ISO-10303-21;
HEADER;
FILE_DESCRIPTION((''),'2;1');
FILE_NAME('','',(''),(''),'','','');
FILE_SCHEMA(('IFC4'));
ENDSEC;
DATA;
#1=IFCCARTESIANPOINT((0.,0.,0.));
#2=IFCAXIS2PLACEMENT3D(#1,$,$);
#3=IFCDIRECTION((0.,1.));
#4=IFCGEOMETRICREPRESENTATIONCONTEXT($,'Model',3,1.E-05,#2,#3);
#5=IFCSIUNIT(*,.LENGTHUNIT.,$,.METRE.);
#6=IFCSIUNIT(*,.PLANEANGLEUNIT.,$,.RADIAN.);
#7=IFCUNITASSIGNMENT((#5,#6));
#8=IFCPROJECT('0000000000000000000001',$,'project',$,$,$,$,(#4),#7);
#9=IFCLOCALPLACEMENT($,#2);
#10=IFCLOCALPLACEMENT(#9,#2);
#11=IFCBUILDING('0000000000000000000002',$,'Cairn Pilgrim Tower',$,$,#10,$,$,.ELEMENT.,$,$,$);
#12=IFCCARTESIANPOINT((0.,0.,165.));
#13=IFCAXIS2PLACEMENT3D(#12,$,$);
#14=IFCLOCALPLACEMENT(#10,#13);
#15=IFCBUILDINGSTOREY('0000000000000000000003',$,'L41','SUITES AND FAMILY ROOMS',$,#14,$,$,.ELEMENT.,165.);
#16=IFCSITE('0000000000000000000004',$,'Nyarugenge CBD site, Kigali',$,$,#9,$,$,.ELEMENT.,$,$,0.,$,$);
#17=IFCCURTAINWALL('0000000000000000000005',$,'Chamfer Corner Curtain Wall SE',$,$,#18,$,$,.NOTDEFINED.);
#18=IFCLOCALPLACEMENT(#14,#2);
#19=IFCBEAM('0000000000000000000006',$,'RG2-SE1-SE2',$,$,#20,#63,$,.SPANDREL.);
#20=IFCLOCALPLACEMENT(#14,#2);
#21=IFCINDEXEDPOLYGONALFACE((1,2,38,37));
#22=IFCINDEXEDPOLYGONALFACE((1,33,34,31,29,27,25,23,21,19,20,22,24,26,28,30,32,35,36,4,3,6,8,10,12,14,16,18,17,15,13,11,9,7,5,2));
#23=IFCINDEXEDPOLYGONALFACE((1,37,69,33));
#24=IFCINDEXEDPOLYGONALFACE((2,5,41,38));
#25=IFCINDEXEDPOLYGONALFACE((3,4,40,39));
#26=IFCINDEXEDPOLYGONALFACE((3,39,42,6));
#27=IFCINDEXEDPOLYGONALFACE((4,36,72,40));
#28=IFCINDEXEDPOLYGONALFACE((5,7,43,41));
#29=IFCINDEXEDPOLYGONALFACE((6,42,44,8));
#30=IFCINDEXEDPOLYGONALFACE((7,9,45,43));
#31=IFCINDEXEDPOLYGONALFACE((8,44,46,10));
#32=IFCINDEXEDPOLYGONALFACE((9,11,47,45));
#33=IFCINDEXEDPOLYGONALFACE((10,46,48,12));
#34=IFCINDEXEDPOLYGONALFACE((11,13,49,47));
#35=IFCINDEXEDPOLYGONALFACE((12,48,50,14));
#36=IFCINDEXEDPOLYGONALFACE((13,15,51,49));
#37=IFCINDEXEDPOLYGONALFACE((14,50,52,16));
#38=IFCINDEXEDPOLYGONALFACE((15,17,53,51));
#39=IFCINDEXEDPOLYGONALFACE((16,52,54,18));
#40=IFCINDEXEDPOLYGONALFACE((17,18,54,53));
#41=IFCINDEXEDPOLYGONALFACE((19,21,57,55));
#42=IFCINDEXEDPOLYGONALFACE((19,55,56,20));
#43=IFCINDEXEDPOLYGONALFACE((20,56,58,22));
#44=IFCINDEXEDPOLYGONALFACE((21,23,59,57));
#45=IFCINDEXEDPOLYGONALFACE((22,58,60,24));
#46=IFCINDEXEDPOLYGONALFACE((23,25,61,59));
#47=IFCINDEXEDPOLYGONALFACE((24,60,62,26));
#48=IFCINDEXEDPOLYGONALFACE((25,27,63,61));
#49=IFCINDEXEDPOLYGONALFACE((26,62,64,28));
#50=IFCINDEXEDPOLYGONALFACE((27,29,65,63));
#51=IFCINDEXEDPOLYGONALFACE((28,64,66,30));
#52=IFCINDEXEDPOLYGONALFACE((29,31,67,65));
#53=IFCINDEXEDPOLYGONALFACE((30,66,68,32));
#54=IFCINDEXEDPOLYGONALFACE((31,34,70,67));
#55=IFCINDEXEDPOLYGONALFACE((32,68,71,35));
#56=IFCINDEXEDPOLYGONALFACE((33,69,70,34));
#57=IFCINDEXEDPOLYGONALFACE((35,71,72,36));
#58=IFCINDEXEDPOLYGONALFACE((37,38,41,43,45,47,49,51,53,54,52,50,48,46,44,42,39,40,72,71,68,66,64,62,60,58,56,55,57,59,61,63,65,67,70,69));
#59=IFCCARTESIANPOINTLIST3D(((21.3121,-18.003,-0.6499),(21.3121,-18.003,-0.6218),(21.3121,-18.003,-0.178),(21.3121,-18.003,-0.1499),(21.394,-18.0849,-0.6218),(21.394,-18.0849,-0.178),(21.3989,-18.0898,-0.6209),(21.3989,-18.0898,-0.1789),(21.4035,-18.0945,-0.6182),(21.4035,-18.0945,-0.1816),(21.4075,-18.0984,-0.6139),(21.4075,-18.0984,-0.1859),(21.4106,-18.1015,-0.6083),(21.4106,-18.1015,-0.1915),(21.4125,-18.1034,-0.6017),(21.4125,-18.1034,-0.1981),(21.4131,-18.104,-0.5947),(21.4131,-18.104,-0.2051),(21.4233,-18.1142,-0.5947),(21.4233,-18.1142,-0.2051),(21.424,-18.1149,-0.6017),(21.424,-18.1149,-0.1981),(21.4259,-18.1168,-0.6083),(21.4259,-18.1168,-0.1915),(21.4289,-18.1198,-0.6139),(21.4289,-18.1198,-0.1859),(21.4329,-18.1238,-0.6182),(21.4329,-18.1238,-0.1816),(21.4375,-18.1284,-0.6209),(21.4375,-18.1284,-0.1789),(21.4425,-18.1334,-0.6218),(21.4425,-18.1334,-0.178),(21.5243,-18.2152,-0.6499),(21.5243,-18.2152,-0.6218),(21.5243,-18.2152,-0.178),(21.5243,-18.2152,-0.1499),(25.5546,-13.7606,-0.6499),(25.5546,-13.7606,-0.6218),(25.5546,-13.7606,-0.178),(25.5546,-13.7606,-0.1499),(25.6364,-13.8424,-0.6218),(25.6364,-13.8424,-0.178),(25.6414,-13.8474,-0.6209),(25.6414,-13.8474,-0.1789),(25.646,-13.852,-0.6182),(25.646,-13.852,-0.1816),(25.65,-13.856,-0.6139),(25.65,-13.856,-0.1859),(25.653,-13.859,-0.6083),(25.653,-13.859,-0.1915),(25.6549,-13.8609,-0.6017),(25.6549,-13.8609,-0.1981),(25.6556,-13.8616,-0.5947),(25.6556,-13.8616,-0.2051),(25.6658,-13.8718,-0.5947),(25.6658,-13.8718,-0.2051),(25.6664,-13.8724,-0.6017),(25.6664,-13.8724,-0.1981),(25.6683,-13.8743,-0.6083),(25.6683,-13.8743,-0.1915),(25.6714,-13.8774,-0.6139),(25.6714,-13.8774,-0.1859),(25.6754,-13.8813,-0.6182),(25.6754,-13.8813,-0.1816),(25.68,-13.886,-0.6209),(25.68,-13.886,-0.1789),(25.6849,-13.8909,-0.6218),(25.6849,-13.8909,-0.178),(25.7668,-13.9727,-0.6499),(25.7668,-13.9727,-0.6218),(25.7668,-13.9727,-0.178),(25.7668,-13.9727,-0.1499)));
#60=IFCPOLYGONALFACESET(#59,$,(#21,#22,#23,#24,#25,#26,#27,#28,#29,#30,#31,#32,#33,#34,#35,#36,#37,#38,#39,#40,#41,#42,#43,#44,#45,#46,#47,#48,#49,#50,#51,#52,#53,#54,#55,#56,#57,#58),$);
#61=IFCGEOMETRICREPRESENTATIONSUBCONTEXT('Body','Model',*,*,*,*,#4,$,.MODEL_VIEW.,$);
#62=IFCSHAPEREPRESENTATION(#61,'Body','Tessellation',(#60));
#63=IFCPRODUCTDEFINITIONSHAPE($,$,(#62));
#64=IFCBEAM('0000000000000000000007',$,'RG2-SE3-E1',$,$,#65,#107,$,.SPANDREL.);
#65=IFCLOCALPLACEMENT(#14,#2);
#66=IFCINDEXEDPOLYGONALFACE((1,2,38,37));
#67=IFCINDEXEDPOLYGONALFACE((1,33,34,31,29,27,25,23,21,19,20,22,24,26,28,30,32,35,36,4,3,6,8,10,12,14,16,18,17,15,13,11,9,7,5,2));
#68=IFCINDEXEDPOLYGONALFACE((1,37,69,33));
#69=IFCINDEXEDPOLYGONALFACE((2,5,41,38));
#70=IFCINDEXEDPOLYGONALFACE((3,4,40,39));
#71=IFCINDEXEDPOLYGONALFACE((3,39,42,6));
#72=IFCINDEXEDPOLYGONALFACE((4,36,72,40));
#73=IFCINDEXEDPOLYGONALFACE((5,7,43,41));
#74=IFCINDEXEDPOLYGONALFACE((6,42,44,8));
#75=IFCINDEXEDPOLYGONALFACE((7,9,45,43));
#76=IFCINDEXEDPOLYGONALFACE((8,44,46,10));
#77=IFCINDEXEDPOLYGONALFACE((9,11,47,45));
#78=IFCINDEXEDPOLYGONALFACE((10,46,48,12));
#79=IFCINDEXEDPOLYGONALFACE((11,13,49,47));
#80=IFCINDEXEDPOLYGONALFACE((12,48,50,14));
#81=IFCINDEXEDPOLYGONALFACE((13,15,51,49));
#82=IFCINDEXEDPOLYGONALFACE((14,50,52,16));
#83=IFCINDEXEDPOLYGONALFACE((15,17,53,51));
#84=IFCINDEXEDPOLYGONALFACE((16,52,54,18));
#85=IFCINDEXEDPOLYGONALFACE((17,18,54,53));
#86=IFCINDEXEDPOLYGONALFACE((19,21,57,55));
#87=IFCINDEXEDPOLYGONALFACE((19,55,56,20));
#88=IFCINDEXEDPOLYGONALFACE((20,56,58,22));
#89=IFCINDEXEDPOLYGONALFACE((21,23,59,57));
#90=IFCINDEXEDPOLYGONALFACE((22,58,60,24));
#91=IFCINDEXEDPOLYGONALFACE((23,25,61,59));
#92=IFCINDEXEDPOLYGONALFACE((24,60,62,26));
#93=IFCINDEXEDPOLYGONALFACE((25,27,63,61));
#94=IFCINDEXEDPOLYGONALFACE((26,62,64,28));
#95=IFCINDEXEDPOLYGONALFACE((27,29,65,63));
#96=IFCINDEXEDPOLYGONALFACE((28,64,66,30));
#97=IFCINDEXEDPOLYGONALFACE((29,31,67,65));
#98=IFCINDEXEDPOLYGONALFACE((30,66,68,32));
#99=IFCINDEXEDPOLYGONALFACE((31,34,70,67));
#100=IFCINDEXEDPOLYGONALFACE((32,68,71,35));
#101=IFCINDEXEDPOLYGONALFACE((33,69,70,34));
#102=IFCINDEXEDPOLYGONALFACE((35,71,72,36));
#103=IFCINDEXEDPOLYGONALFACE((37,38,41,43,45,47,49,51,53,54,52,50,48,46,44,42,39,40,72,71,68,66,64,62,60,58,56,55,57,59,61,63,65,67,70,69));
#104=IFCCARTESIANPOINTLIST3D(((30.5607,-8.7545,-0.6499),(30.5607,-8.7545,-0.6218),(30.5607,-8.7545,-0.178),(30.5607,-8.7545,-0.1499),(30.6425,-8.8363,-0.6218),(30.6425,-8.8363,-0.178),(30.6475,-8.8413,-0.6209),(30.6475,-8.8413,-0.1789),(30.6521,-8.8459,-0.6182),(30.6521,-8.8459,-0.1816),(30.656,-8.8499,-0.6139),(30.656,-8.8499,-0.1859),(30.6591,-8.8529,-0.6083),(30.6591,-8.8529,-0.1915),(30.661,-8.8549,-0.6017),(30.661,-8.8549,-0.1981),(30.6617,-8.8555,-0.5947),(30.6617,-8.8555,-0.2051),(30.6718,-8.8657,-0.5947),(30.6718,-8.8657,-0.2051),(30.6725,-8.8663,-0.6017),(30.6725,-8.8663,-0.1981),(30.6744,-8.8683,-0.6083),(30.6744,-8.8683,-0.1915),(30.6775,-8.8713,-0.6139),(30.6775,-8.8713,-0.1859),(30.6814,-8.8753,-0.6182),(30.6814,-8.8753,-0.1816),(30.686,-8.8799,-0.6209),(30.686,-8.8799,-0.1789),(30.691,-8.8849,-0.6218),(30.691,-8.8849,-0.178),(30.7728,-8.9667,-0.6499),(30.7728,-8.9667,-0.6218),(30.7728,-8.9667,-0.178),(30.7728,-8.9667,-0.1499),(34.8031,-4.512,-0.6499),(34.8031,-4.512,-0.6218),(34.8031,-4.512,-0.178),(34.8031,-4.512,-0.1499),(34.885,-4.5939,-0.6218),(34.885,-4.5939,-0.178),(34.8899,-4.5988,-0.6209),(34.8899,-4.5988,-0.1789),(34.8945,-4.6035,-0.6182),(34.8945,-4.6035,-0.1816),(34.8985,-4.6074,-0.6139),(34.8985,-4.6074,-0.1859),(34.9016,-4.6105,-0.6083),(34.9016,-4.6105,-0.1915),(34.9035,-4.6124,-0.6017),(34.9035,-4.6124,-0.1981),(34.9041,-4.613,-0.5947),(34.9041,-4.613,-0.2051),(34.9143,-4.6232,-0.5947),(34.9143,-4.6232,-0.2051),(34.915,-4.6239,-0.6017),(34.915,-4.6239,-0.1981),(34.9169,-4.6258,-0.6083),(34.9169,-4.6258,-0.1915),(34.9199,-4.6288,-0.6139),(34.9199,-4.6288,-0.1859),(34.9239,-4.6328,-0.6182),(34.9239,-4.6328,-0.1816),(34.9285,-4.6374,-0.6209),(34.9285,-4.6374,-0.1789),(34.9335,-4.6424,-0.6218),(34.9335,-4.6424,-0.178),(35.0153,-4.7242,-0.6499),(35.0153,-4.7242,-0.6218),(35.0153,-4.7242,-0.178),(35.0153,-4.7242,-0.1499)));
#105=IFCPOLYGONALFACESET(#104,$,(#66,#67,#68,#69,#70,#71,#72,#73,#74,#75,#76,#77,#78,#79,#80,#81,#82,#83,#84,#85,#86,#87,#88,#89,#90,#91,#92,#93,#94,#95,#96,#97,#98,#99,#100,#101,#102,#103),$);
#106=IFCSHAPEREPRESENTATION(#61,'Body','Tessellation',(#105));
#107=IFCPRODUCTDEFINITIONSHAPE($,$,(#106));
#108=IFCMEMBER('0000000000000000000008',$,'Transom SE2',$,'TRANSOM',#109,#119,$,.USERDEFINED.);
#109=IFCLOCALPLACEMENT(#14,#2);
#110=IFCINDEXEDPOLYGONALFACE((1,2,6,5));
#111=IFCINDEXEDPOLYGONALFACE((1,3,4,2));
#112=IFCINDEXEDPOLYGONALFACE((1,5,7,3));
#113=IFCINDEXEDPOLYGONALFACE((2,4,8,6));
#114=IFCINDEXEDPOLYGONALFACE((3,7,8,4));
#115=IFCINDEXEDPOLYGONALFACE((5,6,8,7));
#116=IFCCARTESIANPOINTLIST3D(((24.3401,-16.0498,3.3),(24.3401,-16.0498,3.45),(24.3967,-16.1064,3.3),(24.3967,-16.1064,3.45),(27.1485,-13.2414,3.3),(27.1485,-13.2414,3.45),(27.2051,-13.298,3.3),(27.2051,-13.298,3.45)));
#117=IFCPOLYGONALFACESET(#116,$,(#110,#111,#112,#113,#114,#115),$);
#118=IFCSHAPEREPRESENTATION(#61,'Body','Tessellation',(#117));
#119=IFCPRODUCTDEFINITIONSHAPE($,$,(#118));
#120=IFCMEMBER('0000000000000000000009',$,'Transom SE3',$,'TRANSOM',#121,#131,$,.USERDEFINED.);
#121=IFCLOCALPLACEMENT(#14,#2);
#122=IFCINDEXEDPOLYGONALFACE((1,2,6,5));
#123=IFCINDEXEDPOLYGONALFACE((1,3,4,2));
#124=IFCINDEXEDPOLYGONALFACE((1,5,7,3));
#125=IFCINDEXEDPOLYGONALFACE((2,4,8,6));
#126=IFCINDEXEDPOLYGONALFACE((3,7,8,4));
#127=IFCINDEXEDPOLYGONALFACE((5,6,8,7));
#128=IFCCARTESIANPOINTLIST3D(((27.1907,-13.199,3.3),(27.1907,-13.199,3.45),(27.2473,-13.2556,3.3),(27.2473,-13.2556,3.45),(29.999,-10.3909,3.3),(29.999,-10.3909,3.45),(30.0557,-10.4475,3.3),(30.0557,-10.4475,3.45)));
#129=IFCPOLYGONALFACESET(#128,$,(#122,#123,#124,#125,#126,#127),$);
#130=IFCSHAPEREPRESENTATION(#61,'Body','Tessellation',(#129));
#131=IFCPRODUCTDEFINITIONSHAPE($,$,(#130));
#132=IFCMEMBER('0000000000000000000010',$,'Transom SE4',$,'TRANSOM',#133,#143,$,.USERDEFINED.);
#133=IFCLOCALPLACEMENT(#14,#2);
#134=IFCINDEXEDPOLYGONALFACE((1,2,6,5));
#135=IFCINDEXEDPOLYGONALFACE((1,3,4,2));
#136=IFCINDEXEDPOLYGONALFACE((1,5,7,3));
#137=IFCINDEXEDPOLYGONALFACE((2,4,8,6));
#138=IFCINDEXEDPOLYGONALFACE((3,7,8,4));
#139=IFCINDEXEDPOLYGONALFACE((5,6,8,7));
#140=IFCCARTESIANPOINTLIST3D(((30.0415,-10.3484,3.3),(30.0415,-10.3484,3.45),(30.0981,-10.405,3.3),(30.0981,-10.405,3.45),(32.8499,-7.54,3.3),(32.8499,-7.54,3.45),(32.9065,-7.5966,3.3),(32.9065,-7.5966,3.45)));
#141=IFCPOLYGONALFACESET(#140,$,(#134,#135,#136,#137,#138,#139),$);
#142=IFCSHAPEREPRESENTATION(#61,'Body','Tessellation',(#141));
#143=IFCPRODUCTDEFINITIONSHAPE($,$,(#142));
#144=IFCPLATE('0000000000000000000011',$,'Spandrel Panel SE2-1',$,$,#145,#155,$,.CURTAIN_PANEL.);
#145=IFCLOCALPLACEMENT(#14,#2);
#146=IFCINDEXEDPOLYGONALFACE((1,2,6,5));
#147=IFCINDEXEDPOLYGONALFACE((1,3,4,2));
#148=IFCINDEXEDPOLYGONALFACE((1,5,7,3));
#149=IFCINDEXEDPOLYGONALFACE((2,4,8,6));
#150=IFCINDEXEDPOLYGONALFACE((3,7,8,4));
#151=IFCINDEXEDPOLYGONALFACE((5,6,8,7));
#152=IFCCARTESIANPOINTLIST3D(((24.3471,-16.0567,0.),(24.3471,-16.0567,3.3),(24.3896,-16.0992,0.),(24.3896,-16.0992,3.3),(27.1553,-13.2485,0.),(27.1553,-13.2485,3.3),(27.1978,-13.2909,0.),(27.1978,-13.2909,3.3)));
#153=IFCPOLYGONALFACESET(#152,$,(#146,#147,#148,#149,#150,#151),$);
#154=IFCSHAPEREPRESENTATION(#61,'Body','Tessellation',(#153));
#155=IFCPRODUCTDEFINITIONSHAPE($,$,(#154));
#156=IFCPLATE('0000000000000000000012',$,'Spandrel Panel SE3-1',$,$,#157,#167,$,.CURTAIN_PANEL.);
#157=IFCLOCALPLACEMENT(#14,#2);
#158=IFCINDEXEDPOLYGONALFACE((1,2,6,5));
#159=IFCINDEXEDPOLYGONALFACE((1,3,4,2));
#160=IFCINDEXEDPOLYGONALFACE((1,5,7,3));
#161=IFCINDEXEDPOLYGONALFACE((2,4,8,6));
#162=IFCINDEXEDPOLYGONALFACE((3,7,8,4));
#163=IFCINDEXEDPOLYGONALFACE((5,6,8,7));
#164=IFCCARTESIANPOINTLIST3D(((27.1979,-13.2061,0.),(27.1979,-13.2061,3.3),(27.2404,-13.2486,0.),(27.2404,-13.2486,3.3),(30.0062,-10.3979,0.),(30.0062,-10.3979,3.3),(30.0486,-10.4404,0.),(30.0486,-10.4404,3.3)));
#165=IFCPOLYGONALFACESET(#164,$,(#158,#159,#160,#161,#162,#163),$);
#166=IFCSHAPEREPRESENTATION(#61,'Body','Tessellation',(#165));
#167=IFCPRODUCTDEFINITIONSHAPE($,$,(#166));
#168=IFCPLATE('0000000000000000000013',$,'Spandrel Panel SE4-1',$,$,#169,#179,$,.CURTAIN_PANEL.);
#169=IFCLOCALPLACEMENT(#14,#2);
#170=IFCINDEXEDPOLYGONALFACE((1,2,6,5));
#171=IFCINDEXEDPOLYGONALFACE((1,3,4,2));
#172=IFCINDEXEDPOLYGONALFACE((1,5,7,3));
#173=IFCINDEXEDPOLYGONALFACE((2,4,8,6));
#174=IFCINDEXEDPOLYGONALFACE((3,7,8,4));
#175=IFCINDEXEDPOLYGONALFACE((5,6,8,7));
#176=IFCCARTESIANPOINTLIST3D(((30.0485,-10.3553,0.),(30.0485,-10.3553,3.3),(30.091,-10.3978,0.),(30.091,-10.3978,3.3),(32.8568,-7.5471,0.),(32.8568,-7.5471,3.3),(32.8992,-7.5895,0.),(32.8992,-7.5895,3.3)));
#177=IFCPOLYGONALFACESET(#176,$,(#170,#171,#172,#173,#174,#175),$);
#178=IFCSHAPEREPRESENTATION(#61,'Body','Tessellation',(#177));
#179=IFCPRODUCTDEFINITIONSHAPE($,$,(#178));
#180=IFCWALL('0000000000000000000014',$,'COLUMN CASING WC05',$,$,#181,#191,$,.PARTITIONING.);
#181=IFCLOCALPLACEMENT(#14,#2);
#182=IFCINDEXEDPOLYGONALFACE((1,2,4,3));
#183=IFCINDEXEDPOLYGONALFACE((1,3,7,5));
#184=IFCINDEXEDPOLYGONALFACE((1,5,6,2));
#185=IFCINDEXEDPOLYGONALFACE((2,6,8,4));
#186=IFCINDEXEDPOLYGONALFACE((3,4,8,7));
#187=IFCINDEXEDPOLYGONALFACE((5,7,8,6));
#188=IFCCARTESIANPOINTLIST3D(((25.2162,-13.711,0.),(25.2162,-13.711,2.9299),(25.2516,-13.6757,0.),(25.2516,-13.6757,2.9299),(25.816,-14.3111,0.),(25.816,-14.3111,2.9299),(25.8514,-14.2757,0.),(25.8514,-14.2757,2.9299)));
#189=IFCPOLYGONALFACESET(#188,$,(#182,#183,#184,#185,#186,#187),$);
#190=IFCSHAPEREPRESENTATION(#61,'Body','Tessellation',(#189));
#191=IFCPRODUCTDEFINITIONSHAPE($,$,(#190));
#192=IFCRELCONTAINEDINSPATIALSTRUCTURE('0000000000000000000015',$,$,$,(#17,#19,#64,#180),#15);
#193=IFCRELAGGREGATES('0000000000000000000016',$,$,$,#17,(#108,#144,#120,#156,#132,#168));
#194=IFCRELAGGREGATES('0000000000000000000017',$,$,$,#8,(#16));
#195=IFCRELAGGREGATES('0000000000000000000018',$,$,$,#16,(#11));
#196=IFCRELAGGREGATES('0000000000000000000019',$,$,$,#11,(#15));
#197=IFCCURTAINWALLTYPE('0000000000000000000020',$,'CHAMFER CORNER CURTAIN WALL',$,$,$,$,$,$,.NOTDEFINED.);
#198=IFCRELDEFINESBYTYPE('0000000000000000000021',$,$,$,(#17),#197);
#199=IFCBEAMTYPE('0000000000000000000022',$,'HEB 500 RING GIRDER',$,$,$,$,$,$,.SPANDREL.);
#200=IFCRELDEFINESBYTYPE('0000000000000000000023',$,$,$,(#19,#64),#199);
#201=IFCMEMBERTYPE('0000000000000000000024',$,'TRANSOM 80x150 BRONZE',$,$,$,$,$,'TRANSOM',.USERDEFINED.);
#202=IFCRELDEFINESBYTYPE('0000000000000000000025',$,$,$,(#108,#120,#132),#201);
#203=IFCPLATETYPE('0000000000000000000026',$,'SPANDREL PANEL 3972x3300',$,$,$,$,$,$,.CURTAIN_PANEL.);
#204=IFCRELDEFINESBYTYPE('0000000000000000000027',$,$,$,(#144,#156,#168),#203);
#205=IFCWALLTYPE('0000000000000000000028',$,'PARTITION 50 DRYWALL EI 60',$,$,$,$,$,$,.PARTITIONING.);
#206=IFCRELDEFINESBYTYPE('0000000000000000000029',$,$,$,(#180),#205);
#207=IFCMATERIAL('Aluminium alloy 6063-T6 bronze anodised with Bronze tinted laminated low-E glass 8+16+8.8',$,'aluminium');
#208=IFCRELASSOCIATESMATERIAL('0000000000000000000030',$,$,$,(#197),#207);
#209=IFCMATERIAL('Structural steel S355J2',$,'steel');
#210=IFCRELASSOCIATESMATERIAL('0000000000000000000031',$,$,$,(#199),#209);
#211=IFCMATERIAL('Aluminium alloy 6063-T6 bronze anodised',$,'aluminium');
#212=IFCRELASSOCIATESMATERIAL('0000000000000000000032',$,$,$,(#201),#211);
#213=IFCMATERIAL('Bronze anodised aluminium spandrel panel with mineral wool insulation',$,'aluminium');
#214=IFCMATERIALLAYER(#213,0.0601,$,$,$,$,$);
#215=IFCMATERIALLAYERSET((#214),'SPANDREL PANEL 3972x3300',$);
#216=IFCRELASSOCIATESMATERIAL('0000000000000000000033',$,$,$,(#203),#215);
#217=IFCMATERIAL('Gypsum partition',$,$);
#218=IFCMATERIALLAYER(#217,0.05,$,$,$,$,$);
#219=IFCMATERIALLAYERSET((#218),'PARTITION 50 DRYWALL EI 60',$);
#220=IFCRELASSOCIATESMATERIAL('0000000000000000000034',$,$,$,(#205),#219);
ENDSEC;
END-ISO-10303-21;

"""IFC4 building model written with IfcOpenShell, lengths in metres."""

from ifc_helpers import new_model, si_unit, direction, frame, frame_2d, origin, origin_2d, place, context, subcontext, project, spatial, rectangle, i_section, extrude, material, layer, layer_set, material_profile, profile_set, type_object, element, aggregate, save


model = new_model("IFC4")

# Units and contexts
model_context = context("Model", 3, precision=1e-05, world=origin(), true_north=direction((0.0, 1.0)))
body_context = subcontext(model_context, "Body", "Model", "MODEL_VIEW")
ifc_project = project(units=[si_unit("LENGTHUNIT", "METRE"), si_unit("PLANEANGLEUNIT", "RADIAN")], contexts=[model_context])

# Site, building, storey
site_placement = place(None, origin())
site = spatial("IfcSite", under=ifc_project, at=site_placement, Name="Nyarugenge CBD site, Kigali", CompositionType="ELEMENT", RefElevation=0.0)
building_placement = place(site_placement, origin())
building = spatial("IfcBuilding", under=site, at=building_placement, Name="Cairn Pilgrim Tower", CompositionType="ELEMENT")
storey_placement = place(building_placement, frame((0.0, 0.0, 165.0)))
storey = spatial("IfcBuildingStorey", under=building, at=storey_placement, Name="L41", Description="SUITES AND FAMILY ROOMS", CompositionType="ELEMENT", Elevation=165.0)

# Shared definitions
ifc_material_1 = material(Name="Structural steel S355J2", Category="steel")

# Curtain wall
ifc_material_2 = material(Name="Aluminium alloy 6063-T6 bronze anodised with Bronze tinted laminated low-E glass 8+16+8.8", Category="aluminium")
curtain_wall_type = type_object("IfcCurtainWallType", Name="CHAMFER CORNER CURTAIN WALL", PredefinedType="NOTDEFINED", material=ifc_material_2)
curtain_wall_placement = place(storey_placement, origin())
curtain_wall = element("IfcCurtainWall", 1, at=curtain_wall_placement, inside=storey, type_object=curtain_wall_type, Name="Chamfer Corner Curtain Wall SE", PredefinedType="NOTDEFINED")
ifc_material_3 = material(Name="Aluminium alloy 6063-T6 bronze anodised", Category="aluminium")

# Beams
ifc_material_profile_1 = material_profile(ifc_material_1, i_section(OverallWidth=0.3, OverallDepth=0.5, WebThickness=0.0144, FlangeThickness=0.0281, FilletRadius=0.0271, at=origin_2d()), Name="HEB 500")
ifc_profile_set_1 = profile_set([ifc_material_profile_1], Name="Structural steel S355J2")
beam_type_1 = type_object("IfcBeamType", Name="HEB 500 RING GIRDER", PredefinedType="SPANDREL", material=ifc_profile_set_1)
for number, where, z_axis, x_axis, name in (
    (2, (21.4182, -18.1091, -0.3999), (0.707107, 0.707107, 0.0), (-0.707107, 0.707107, 0.0), "RG2-SE1-SE2"),
    (3, (30.6667, -8.8606, -0.3999), (0.707107, 0.707107, 0.0), (-0.707107, 0.707107, 0.0), "RG2-SE3-E1"),
):
    element("IfcBeam", number, at=place(storey_placement, frame(where, z_axis=z_axis, x_axis=x_axis)), inside=storey, type_object=beam_type_1, Name=name, PredefinedType="SPANDREL", context=body_context, shape_type="SweptSolid", body=[
        extrude(i_section(OverallWidth=0.3, OverallDepth=0.5, WebThickness=0.0144, FlangeThickness=0.0281, FilletRadius=0.0271, at=origin_2d()), origin(), (0.0, 0.0, 1.0), 5.9998),
    ])

# Members
ifc_material_profile_2 = material_profile(ifc_material_3, rectangle(XDim=0.0801, YDim=0.1499, at=origin_2d()), Name="TRANSOM 80x150 BRONZE")
ifc_profile_set_2 = profile_set([ifc_material_profile_2], Name="Aluminium alloy 6063-T6 bronze anodised")
member_type_1 = type_object("IfcMemberType", Name="TRANSOM 80x150 BRONZE", ElementType="TRANSOM", PredefinedType="USERDEFINED", material=ifc_profile_set_2)
member_1_placement = place(storey_placement, frame((24.3684, -16.0781, 3.375), z_axis=(0.707107, 0.707107, 0.0), x_axis=(-0.707107, 0.707107, 0.0)))
member_1 = element("IfcMember", 4, at=member_1_placement, type_object=member_type_1, Name="Transom SE2", ObjectType="TRANSOM", PredefinedType="USERDEFINED", context=body_context, shape_type="SweptSolid", body=[
    extrude(rectangle(XDim=0.0801, YDim=0.1499, at=origin_2d()), origin(), (0.0, 0.0, 1.0), 3.9717),
])
member_2_placement = place(storey_placement, frame((27.219, -13.2273, 3.375), z_axis=(0.707138, 0.707076, 0.0), x_axis=(-0.707076, 0.707138, 0.0)))
member_2 = element("IfcMember", 5, at=member_2_placement, type_object=member_type_1, Name="Transom SE3", ObjectType="TRANSOM", PredefinedType="USERDEFINED", context=body_context, shape_type="SweptSolid", body=[
    extrude(rectangle(XDim=0.0801, YDim=0.1499, at=origin_2d()), origin(), (0.0, 0.0, 1.0), 3.9714),
])
member_3_placement = place(storey_placement, frame((30.0698, -10.3767, 3.375), z_axis=(0.707107, 0.707107, 0.0), x_axis=(-0.707107, 0.707107, 0.0)))
member_3 = element("IfcMember", 6, at=member_3_placement, type_object=member_type_1, Name="Transom SE4", ObjectType="TRANSOM", PredefinedType="USERDEFINED", context=body_context, shape_type="SweptSolid", body=[
    extrude(rectangle(XDim=0.0801, YDim=0.1499, at=origin_2d()), origin(), (0.0, 0.0, 1.0), 3.9717),
])

# Plates
ifc_material_4 = material(Name="Bronze anodised aluminium spandrel panel with mineral wool insulation", Category="aluminium")
ifc_layer_1 = layer(ifc_material_4, 0.0601)
ifc_layer_set_1 = layer_set([ifc_layer_1], Name="SPANDREL PANEL 3972x3300")
plate_type = type_object("IfcPlateType", Name="SPANDREL PANEL 3972x3300", PredefinedType="CURTAIN_PANEL", material=ifc_layer_set_1)
plate_1_placement = place(storey_placement, frame((25.7725, -14.6738, 0.0), z_axis=(0.0, 0.0, 1.0), x_axis=(0.707107, 0.707107, 0.0)))
plate_1 = element("IfcPlate", 7, at=plate_1_placement, type_object=plate_type, Name="Spandrel Panel SE2-1", PredefinedType="CURTAIN_PANEL", context=body_context, shape_type="SweptSolid", body=[
    extrude(rectangle(XDim=3.9714, YDim=0.0601, at=origin_2d()), origin(), (0.0, 0.0, 1.0), 3.3),
])
plate_2_placement = place(storey_placement, frame((28.6233, -11.8232, 0.0), z_axis=(0.0, 0.0, 1.0), x_axis=(0.707107, 0.707107, 0.0)))
plate_2 = element("IfcPlate", 8, at=plate_2_placement, type_object=plate_type, Name="Spandrel Panel SE3-1", PredefinedType="CURTAIN_PANEL", context=body_context, shape_type="SweptSolid", body=[
    extrude(rectangle(XDim=3.9714, YDim=0.0601, at=origin_2d()), origin(), (0.0, 0.0, 1.0), 3.3),
])
plate_3_placement = place(storey_placement, frame((31.4739, -8.9724, 0.0), z_axis=(0.0, 0.0, 1.0), x_axis=(0.707107, 0.707107, 0.0)))
plate_3 = element("IfcPlate", 9, at=plate_3_placement, type_object=plate_type, Name="Spandrel Panel SE4-1", PredefinedType="CURTAIN_PANEL", context=body_context, shape_type="SweptSolid", body=[
    extrude(rectangle(XDim=3.9714, YDim=0.0601, at=origin_2d()), origin(), (0.0, 0.0, 1.0), 3.3),
])
aggregate(curtain_wall, [member_1, plate_1, member_2, plate_2, member_3, plate_3])

# Wall
ifc_material_5 = material(Name="Gypsum partition")
ifc_layer_2 = layer(ifc_material_5, 0.05)
ifc_layer_set_2 = layer_set([ifc_layer_2], Name="PARTITION 50 DRYWALL EI 60")
wall_type_1 = type_object("IfcWallType", Name="PARTITION 50 DRYWALL EI 60", PredefinedType="PARTITIONING", material=ifc_layer_set_2)
wall_1_placement = place(storey_placement, frame((25.8337, -14.2935, 0.0), z_axis=(0.0, 0.0, 1.0), x_axis=(-0.706963, 0.707251, 0.0)))
element("IfcWall", 10, at=wall_1_placement, inside=storey, type_object=wall_type_1, Name="COLUMN CASING WC05", PredefinedType="PARTITIONING", context=body_context, shape_type="SweptSolid", body=[
    extrude(rectangle(XDim=0.8484, YDim=0.05, at=frame_2d((0.4243, 0.0))), origin(), (0.0, 0.0, 1.0), 2.9299),
])

save(model, "model.ifc")
